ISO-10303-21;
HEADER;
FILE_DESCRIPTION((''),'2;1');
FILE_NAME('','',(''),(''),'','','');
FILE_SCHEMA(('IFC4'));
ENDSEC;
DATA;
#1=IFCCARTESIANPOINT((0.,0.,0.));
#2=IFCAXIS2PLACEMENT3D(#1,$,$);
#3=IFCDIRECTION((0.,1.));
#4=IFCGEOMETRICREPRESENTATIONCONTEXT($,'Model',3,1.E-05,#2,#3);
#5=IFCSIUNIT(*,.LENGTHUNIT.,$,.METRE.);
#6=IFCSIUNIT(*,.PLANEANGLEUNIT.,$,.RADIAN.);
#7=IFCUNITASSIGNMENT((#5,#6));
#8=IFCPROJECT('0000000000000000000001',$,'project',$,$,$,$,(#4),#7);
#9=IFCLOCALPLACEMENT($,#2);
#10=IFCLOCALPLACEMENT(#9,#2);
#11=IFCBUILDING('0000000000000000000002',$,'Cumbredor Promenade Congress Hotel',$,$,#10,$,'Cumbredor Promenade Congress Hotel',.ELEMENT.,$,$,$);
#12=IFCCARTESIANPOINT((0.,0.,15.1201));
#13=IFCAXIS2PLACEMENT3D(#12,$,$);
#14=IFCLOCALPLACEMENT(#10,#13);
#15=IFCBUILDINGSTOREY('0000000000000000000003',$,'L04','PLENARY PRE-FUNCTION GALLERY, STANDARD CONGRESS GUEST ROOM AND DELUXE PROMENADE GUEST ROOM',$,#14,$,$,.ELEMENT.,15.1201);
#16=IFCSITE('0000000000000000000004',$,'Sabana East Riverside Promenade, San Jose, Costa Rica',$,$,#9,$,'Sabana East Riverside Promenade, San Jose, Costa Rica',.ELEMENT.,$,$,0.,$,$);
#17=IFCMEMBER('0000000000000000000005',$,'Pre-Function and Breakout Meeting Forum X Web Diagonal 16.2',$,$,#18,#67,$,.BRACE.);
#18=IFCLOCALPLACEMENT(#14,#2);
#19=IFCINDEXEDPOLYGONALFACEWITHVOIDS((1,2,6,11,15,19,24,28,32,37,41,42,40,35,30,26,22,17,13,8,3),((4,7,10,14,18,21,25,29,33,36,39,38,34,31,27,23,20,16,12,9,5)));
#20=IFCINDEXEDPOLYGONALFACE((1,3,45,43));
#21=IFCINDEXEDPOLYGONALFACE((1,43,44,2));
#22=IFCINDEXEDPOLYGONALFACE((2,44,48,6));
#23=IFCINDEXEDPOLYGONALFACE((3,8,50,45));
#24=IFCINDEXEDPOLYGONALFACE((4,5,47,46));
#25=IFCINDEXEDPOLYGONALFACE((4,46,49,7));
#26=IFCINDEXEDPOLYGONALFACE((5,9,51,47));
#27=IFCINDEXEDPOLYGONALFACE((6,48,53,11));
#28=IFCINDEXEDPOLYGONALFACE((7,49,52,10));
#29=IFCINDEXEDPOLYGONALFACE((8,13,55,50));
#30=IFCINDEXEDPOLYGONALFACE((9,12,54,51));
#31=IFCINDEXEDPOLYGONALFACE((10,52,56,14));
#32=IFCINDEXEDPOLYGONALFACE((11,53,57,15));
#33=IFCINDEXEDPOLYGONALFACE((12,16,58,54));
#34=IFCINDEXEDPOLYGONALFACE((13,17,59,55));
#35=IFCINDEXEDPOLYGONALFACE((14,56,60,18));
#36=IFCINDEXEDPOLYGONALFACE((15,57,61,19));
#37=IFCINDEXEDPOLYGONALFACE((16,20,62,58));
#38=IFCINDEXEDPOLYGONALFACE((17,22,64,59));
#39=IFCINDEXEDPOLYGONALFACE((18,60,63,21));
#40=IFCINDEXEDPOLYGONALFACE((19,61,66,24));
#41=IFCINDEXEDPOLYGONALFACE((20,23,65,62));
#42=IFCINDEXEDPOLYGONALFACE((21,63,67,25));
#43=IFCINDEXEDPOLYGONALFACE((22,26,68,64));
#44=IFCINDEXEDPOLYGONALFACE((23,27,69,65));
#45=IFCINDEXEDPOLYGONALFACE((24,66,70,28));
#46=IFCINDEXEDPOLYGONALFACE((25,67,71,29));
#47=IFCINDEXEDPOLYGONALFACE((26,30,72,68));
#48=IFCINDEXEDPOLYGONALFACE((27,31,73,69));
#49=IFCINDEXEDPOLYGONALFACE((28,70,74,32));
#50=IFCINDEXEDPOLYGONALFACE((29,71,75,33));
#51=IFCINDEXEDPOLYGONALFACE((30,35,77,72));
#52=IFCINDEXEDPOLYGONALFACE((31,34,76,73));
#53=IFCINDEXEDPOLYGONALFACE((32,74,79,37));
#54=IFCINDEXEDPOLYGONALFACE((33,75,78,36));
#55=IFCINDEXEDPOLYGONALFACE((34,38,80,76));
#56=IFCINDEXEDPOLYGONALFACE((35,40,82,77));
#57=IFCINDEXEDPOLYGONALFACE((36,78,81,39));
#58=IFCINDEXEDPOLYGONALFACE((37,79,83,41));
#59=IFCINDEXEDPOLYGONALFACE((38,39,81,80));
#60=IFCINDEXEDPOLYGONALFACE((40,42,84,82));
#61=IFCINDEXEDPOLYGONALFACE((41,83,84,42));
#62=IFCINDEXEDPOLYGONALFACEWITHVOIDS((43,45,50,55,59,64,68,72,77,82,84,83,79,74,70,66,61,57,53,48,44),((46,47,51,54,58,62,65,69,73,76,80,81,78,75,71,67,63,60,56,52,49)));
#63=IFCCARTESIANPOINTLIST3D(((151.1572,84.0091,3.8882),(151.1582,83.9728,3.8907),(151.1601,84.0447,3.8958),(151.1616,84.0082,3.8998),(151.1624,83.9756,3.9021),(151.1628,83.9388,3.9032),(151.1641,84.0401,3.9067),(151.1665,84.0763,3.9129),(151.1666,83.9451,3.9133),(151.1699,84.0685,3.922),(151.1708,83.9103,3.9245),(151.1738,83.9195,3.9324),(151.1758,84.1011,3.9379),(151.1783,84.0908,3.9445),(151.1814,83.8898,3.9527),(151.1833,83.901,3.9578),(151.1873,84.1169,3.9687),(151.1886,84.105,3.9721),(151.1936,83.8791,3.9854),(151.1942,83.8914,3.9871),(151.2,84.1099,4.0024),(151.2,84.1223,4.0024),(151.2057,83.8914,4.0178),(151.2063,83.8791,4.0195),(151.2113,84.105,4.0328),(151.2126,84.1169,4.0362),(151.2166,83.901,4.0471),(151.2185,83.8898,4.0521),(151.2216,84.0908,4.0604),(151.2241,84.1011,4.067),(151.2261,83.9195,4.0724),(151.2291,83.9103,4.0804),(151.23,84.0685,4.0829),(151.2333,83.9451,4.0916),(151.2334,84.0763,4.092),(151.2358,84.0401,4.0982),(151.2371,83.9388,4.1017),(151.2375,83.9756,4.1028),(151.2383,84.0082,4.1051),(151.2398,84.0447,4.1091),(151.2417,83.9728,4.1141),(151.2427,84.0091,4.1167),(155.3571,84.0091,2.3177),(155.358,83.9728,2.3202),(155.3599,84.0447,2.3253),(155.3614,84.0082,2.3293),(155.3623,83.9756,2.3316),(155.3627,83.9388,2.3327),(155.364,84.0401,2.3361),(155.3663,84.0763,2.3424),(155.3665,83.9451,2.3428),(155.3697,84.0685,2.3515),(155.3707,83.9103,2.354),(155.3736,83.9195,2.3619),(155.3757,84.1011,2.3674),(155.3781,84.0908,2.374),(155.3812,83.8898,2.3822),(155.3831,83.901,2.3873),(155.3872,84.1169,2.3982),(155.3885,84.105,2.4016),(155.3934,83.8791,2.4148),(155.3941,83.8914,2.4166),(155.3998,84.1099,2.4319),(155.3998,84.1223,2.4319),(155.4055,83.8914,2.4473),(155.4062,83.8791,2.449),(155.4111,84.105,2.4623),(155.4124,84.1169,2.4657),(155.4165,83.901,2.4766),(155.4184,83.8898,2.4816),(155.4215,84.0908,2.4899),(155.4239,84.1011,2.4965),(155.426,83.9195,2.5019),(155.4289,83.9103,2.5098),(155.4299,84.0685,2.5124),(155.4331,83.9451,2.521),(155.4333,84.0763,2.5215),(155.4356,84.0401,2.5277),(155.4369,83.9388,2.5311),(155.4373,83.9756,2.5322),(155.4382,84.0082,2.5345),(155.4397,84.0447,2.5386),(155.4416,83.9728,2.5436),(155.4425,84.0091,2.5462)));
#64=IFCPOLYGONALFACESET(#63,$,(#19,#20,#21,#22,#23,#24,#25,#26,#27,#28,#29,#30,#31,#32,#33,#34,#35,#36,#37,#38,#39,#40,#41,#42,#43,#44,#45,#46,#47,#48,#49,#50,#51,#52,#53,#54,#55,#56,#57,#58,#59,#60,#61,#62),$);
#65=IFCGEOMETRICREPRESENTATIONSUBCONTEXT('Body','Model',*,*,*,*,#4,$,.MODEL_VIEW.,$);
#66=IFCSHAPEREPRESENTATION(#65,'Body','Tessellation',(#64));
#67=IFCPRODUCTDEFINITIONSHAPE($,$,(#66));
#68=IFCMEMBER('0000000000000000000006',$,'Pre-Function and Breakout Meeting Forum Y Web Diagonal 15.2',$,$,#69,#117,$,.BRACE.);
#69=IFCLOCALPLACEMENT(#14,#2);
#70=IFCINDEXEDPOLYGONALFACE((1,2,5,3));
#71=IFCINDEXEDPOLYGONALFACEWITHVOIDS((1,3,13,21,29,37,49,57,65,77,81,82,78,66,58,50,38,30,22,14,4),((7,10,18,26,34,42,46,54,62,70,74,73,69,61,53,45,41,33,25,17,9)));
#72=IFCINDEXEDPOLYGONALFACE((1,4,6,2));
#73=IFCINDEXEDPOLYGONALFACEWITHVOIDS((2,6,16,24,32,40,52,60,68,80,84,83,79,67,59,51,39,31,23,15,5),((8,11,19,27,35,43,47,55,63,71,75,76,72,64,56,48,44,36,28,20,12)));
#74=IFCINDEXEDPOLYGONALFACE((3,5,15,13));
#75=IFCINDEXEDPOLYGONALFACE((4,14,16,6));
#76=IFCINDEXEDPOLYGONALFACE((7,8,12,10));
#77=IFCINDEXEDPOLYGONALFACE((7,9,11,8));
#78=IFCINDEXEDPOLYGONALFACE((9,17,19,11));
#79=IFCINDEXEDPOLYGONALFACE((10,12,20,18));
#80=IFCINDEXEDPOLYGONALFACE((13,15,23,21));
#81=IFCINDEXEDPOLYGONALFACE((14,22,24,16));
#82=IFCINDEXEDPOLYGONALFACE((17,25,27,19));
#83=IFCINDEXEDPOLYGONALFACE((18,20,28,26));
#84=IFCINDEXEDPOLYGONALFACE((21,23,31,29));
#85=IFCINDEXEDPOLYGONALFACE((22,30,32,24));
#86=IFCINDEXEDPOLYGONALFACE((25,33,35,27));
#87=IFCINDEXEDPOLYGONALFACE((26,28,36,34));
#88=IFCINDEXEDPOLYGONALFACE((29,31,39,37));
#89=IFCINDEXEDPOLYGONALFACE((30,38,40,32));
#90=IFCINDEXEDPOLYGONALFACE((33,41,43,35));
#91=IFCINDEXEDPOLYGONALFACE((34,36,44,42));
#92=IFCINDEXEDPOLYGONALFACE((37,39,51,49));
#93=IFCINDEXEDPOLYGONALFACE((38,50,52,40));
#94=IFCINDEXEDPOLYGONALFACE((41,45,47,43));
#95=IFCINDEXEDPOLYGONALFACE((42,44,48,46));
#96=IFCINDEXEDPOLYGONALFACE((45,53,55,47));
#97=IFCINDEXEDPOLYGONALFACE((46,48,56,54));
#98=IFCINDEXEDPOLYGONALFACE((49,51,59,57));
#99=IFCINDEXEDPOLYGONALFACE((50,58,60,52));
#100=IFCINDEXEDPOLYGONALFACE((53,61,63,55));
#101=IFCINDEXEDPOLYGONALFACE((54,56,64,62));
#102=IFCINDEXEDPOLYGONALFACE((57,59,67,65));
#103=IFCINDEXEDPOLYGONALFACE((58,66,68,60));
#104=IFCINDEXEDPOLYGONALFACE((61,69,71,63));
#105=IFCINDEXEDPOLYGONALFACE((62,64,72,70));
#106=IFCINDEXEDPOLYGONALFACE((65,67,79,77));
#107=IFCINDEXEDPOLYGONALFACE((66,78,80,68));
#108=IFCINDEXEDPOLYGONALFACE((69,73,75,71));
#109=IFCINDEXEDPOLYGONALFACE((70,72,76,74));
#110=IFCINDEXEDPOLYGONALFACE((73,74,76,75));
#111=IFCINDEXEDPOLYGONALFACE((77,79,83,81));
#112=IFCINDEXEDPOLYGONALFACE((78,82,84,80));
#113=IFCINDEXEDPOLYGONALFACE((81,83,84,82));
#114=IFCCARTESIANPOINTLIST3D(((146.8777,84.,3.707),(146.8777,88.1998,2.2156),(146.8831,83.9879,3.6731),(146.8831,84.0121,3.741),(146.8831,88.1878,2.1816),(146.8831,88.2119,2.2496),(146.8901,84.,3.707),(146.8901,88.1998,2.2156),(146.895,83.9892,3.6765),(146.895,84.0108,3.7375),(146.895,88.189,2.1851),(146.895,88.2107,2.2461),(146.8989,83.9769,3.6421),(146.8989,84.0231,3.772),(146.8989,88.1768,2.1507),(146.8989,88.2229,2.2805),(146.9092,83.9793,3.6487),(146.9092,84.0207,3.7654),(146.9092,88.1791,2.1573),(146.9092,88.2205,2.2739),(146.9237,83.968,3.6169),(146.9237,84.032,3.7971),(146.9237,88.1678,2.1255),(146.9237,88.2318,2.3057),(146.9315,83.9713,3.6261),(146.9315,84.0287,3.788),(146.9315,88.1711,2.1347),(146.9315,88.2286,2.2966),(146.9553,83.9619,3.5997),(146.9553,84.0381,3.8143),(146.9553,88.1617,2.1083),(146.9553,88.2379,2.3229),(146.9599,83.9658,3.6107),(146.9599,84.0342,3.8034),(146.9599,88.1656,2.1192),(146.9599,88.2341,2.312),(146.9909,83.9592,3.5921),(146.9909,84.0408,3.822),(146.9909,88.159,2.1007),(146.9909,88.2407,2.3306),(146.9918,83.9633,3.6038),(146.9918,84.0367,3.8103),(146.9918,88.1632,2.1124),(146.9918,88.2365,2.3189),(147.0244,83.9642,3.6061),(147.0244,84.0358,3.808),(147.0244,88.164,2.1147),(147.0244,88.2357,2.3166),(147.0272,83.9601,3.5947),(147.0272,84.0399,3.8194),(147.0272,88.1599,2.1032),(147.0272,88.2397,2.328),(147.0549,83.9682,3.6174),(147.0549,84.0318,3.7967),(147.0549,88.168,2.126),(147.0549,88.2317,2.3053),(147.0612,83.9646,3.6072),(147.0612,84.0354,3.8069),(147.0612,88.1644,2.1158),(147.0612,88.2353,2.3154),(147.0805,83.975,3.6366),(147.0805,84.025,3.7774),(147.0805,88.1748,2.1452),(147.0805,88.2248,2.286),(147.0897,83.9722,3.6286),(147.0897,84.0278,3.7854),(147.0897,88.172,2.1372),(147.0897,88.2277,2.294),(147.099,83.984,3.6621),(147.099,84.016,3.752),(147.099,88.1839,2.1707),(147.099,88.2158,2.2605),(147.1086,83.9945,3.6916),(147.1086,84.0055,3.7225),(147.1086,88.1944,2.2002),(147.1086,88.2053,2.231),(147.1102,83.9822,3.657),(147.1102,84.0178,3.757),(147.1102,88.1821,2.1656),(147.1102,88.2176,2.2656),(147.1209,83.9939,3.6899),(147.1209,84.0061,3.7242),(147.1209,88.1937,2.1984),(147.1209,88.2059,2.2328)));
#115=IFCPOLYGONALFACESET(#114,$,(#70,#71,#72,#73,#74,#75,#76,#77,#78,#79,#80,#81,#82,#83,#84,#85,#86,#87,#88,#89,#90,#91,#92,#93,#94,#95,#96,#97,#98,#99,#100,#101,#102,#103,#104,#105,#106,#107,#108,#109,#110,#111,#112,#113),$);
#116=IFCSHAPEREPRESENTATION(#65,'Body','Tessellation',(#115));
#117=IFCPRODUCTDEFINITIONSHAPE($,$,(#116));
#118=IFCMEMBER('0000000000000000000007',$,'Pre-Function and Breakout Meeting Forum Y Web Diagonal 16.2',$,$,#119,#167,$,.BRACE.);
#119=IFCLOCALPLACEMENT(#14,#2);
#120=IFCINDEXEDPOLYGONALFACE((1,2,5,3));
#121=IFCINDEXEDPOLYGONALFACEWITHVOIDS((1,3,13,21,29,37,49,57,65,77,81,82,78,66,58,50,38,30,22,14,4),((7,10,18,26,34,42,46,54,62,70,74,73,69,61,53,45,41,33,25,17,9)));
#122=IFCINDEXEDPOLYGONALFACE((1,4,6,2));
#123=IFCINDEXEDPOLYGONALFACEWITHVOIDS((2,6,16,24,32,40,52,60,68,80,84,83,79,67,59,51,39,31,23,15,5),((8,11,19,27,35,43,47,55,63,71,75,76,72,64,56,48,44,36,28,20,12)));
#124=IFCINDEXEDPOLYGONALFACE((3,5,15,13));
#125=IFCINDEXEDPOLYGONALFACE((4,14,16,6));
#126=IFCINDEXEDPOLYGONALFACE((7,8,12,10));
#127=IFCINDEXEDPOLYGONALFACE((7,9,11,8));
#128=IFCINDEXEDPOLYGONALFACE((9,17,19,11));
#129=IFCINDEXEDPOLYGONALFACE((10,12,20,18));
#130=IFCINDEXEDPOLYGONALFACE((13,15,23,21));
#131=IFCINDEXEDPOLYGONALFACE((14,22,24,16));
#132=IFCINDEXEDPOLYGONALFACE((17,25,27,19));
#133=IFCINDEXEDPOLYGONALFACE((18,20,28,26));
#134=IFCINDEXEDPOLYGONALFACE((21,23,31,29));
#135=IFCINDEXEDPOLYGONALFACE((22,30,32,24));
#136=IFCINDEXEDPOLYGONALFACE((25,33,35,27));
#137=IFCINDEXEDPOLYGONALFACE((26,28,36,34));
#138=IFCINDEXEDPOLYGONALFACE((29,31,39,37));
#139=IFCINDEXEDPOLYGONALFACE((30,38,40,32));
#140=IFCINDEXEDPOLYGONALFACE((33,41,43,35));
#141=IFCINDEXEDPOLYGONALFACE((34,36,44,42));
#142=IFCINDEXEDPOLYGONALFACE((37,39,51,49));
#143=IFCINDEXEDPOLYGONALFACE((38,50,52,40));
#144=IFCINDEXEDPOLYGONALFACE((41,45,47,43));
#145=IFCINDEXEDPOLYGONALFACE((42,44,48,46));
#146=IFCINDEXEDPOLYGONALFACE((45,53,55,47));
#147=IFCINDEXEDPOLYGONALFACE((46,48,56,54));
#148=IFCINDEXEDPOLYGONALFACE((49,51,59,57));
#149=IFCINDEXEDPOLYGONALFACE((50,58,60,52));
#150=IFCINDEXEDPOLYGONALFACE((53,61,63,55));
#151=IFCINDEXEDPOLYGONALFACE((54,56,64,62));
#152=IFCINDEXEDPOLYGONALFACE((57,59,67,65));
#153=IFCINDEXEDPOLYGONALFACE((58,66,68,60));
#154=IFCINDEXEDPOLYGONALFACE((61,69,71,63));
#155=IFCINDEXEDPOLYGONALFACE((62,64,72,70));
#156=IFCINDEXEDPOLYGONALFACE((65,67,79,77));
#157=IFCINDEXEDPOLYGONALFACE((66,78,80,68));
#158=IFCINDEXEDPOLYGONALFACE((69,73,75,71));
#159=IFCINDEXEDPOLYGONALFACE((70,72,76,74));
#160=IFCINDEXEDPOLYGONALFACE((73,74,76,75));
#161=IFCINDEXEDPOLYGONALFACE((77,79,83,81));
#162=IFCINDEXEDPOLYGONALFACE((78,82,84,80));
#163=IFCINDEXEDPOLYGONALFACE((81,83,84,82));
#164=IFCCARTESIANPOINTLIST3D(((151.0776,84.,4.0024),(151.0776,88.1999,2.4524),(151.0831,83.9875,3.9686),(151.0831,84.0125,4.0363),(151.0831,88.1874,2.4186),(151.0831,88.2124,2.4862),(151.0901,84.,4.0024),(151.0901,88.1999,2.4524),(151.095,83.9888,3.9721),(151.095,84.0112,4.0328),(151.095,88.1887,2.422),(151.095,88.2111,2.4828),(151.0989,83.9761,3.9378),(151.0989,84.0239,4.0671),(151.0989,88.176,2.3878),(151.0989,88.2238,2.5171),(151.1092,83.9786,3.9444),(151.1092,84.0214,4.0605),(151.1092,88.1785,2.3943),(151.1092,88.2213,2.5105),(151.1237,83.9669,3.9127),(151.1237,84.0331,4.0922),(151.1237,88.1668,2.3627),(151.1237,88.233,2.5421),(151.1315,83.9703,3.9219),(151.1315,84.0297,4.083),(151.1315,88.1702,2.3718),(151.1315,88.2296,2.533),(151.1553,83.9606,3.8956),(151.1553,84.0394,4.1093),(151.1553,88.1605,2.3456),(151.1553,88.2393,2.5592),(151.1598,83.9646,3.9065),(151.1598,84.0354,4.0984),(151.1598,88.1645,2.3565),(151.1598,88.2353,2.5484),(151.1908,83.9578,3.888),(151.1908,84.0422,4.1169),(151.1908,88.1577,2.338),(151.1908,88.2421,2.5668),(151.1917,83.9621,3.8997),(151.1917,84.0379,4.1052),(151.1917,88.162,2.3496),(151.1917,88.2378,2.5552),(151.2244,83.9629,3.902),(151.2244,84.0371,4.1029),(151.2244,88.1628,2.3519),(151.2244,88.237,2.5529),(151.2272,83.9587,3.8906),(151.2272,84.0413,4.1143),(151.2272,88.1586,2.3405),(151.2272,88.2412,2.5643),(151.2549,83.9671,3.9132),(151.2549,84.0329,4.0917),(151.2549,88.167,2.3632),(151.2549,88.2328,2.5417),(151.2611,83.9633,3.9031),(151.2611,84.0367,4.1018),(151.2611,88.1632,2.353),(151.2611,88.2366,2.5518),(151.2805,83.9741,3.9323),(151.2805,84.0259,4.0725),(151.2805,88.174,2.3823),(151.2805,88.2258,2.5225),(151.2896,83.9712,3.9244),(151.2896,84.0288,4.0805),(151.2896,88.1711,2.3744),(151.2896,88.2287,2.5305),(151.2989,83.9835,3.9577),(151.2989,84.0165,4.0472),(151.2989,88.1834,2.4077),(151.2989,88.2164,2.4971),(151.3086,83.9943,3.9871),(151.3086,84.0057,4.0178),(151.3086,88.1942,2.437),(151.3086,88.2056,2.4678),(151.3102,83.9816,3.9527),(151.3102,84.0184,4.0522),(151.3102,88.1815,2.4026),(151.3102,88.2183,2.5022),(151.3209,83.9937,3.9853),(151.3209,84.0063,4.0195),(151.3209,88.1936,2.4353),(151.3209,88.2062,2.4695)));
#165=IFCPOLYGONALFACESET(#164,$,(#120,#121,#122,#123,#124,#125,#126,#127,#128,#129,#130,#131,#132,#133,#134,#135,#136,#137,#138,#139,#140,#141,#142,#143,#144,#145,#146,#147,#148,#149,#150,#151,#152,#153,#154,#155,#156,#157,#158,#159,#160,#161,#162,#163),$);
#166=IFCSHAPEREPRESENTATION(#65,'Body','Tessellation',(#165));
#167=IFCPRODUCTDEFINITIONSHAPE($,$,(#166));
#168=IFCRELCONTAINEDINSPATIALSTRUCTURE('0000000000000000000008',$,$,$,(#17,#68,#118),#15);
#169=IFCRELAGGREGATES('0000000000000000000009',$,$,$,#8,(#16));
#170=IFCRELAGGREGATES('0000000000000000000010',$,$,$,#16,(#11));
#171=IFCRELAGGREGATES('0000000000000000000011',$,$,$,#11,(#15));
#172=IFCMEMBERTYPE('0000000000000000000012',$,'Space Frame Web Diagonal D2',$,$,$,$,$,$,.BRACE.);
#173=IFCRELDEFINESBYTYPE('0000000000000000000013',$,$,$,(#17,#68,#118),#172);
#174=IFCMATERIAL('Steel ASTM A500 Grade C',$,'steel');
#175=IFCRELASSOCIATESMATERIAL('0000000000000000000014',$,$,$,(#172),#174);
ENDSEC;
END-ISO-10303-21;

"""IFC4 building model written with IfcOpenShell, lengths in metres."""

from ifc_helpers import new_model, si_unit, direction, frame, origin, origin_2d, place, context, subcontext, project, spatial, hollow_circle, extrude, material, material_profile, profile_set, type_object, element, save


model = new_model("IFC4")

# Units and contexts
model_context = context("Model", 3, precision=1e-05, world=origin(), true_north=direction((0.0, 1.0)))
body_context = subcontext(model_context, "Body", "Model", "MODEL_VIEW")
ifc_project = project(units=[si_unit("LENGTHUNIT", "METRE"), si_unit("PLANEANGLEUNIT", "RADIAN")], contexts=[model_context])

# Site, building, storey
site_placement = place(None, origin())
site = spatial("IfcSite", under=ifc_project, at=site_placement, Name="Sabana East Riverside Promenade, San Jose, Costa Rica", LongName="Sabana East Riverside Promenade, San Jose, Costa Rica", CompositionType="ELEMENT", RefElevation=0.0)
building_placement = place(site_placement, origin())
building = spatial("IfcBuilding", under=site, at=building_placement, Name="Cumbredor Promenade Congress Hotel", LongName="Cumbredor Promenade Congress Hotel", CompositionType="ELEMENT")
storey_placement = place(building_placement, frame((0.0, 0.0, 15.1201)))
storey = spatial("IfcBuildingStorey", under=building, at=storey_placement, Name="L04", Description="PLENARY PRE-FUNCTION GALLERY, STANDARD CONGRESS GUEST ROOM AND DELUXE PROMENADE GUEST ROOM", CompositionType="ELEMENT", Elevation=15.1201)

# Members
ifc_material_1 = material(Name="Steel ASTM A500 Grade C", Category="steel")
ifc_material_profile_1 = material_profile(ifc_material_1, hollow_circle(Radius=0.1223, WallThickness=0.0125, at=origin_2d()), Name="CHS 244.5x12.5")
ifc_profile_set_1 = profile_set([ifc_material_profile_1], Name="Steel ASTM A500 Grade C")
member_type_1 = type_object("IfcMemberType", Name="Space Frame Web Diagonal D2", PredefinedType="BRACE", material=ifc_profile_set_1)
member_1_placement = place(storey_placement, frame((151.2, 84.0, 4.0024), z_axis=(0.936653, 0.0, -0.350258), x_axis=(0.0, 1.0, 0.0)))
element("IfcMember", 1, at=member_1_placement, inside=storey, type_object=member_type_1, Name="Pre-Function and Breakout Meeting Forum X Web Diagonal 16.2", PredefinedType="BRACE", context=body_context, shape_type="SweptSolid", body=[
    extrude(hollow_circle(Radius=0.1223, WallThickness=0.0125, at=origin_2d()), origin(), (0.0, 0.0, 1.0), 4.4839),
])
member_2_placement = place(storey_placement, frame((147.0, 84.0, 3.707), z_axis=(0.0, 0.942346, -0.334639), x_axis=(-1.0, 0.0, 0.0)))
element("IfcMember", 2, at=member_2_placement, inside=storey, type_object=member_type_1, Name="Pre-Function and Breakout Meeting Forum Y Web Diagonal 15.2", PredefinedType="BRACE", context=body_context, shape_type="SweptSolid", body=[
    extrude(hollow_circle(Radius=0.1223, WallThickness=0.0125, at=origin_2d()), origin(), (0.0, 0.0, 1.0), 4.4568),
])
member_3_placement = place(storey_placement, frame((151.2, 84.0, 4.0024), z_axis=(0.0, 0.938147, -0.346236), x_axis=(-1.0, 0.0, 0.0)))
element("IfcMember", 3, at=member_3_placement, inside=storey, type_object=member_type_1, Name="Pre-Function and Breakout Meeting Forum Y Web Diagonal 16.2", PredefinedType="BRACE", context=body_context, shape_type="SweptSolid", body=[
    extrude(hollow_circle(Radius=0.1223, WallThickness=0.0125, at=origin_2d()), origin(), (0.0, 0.0, 1.0), 4.4768),
])

save(model, "model.ifc")
